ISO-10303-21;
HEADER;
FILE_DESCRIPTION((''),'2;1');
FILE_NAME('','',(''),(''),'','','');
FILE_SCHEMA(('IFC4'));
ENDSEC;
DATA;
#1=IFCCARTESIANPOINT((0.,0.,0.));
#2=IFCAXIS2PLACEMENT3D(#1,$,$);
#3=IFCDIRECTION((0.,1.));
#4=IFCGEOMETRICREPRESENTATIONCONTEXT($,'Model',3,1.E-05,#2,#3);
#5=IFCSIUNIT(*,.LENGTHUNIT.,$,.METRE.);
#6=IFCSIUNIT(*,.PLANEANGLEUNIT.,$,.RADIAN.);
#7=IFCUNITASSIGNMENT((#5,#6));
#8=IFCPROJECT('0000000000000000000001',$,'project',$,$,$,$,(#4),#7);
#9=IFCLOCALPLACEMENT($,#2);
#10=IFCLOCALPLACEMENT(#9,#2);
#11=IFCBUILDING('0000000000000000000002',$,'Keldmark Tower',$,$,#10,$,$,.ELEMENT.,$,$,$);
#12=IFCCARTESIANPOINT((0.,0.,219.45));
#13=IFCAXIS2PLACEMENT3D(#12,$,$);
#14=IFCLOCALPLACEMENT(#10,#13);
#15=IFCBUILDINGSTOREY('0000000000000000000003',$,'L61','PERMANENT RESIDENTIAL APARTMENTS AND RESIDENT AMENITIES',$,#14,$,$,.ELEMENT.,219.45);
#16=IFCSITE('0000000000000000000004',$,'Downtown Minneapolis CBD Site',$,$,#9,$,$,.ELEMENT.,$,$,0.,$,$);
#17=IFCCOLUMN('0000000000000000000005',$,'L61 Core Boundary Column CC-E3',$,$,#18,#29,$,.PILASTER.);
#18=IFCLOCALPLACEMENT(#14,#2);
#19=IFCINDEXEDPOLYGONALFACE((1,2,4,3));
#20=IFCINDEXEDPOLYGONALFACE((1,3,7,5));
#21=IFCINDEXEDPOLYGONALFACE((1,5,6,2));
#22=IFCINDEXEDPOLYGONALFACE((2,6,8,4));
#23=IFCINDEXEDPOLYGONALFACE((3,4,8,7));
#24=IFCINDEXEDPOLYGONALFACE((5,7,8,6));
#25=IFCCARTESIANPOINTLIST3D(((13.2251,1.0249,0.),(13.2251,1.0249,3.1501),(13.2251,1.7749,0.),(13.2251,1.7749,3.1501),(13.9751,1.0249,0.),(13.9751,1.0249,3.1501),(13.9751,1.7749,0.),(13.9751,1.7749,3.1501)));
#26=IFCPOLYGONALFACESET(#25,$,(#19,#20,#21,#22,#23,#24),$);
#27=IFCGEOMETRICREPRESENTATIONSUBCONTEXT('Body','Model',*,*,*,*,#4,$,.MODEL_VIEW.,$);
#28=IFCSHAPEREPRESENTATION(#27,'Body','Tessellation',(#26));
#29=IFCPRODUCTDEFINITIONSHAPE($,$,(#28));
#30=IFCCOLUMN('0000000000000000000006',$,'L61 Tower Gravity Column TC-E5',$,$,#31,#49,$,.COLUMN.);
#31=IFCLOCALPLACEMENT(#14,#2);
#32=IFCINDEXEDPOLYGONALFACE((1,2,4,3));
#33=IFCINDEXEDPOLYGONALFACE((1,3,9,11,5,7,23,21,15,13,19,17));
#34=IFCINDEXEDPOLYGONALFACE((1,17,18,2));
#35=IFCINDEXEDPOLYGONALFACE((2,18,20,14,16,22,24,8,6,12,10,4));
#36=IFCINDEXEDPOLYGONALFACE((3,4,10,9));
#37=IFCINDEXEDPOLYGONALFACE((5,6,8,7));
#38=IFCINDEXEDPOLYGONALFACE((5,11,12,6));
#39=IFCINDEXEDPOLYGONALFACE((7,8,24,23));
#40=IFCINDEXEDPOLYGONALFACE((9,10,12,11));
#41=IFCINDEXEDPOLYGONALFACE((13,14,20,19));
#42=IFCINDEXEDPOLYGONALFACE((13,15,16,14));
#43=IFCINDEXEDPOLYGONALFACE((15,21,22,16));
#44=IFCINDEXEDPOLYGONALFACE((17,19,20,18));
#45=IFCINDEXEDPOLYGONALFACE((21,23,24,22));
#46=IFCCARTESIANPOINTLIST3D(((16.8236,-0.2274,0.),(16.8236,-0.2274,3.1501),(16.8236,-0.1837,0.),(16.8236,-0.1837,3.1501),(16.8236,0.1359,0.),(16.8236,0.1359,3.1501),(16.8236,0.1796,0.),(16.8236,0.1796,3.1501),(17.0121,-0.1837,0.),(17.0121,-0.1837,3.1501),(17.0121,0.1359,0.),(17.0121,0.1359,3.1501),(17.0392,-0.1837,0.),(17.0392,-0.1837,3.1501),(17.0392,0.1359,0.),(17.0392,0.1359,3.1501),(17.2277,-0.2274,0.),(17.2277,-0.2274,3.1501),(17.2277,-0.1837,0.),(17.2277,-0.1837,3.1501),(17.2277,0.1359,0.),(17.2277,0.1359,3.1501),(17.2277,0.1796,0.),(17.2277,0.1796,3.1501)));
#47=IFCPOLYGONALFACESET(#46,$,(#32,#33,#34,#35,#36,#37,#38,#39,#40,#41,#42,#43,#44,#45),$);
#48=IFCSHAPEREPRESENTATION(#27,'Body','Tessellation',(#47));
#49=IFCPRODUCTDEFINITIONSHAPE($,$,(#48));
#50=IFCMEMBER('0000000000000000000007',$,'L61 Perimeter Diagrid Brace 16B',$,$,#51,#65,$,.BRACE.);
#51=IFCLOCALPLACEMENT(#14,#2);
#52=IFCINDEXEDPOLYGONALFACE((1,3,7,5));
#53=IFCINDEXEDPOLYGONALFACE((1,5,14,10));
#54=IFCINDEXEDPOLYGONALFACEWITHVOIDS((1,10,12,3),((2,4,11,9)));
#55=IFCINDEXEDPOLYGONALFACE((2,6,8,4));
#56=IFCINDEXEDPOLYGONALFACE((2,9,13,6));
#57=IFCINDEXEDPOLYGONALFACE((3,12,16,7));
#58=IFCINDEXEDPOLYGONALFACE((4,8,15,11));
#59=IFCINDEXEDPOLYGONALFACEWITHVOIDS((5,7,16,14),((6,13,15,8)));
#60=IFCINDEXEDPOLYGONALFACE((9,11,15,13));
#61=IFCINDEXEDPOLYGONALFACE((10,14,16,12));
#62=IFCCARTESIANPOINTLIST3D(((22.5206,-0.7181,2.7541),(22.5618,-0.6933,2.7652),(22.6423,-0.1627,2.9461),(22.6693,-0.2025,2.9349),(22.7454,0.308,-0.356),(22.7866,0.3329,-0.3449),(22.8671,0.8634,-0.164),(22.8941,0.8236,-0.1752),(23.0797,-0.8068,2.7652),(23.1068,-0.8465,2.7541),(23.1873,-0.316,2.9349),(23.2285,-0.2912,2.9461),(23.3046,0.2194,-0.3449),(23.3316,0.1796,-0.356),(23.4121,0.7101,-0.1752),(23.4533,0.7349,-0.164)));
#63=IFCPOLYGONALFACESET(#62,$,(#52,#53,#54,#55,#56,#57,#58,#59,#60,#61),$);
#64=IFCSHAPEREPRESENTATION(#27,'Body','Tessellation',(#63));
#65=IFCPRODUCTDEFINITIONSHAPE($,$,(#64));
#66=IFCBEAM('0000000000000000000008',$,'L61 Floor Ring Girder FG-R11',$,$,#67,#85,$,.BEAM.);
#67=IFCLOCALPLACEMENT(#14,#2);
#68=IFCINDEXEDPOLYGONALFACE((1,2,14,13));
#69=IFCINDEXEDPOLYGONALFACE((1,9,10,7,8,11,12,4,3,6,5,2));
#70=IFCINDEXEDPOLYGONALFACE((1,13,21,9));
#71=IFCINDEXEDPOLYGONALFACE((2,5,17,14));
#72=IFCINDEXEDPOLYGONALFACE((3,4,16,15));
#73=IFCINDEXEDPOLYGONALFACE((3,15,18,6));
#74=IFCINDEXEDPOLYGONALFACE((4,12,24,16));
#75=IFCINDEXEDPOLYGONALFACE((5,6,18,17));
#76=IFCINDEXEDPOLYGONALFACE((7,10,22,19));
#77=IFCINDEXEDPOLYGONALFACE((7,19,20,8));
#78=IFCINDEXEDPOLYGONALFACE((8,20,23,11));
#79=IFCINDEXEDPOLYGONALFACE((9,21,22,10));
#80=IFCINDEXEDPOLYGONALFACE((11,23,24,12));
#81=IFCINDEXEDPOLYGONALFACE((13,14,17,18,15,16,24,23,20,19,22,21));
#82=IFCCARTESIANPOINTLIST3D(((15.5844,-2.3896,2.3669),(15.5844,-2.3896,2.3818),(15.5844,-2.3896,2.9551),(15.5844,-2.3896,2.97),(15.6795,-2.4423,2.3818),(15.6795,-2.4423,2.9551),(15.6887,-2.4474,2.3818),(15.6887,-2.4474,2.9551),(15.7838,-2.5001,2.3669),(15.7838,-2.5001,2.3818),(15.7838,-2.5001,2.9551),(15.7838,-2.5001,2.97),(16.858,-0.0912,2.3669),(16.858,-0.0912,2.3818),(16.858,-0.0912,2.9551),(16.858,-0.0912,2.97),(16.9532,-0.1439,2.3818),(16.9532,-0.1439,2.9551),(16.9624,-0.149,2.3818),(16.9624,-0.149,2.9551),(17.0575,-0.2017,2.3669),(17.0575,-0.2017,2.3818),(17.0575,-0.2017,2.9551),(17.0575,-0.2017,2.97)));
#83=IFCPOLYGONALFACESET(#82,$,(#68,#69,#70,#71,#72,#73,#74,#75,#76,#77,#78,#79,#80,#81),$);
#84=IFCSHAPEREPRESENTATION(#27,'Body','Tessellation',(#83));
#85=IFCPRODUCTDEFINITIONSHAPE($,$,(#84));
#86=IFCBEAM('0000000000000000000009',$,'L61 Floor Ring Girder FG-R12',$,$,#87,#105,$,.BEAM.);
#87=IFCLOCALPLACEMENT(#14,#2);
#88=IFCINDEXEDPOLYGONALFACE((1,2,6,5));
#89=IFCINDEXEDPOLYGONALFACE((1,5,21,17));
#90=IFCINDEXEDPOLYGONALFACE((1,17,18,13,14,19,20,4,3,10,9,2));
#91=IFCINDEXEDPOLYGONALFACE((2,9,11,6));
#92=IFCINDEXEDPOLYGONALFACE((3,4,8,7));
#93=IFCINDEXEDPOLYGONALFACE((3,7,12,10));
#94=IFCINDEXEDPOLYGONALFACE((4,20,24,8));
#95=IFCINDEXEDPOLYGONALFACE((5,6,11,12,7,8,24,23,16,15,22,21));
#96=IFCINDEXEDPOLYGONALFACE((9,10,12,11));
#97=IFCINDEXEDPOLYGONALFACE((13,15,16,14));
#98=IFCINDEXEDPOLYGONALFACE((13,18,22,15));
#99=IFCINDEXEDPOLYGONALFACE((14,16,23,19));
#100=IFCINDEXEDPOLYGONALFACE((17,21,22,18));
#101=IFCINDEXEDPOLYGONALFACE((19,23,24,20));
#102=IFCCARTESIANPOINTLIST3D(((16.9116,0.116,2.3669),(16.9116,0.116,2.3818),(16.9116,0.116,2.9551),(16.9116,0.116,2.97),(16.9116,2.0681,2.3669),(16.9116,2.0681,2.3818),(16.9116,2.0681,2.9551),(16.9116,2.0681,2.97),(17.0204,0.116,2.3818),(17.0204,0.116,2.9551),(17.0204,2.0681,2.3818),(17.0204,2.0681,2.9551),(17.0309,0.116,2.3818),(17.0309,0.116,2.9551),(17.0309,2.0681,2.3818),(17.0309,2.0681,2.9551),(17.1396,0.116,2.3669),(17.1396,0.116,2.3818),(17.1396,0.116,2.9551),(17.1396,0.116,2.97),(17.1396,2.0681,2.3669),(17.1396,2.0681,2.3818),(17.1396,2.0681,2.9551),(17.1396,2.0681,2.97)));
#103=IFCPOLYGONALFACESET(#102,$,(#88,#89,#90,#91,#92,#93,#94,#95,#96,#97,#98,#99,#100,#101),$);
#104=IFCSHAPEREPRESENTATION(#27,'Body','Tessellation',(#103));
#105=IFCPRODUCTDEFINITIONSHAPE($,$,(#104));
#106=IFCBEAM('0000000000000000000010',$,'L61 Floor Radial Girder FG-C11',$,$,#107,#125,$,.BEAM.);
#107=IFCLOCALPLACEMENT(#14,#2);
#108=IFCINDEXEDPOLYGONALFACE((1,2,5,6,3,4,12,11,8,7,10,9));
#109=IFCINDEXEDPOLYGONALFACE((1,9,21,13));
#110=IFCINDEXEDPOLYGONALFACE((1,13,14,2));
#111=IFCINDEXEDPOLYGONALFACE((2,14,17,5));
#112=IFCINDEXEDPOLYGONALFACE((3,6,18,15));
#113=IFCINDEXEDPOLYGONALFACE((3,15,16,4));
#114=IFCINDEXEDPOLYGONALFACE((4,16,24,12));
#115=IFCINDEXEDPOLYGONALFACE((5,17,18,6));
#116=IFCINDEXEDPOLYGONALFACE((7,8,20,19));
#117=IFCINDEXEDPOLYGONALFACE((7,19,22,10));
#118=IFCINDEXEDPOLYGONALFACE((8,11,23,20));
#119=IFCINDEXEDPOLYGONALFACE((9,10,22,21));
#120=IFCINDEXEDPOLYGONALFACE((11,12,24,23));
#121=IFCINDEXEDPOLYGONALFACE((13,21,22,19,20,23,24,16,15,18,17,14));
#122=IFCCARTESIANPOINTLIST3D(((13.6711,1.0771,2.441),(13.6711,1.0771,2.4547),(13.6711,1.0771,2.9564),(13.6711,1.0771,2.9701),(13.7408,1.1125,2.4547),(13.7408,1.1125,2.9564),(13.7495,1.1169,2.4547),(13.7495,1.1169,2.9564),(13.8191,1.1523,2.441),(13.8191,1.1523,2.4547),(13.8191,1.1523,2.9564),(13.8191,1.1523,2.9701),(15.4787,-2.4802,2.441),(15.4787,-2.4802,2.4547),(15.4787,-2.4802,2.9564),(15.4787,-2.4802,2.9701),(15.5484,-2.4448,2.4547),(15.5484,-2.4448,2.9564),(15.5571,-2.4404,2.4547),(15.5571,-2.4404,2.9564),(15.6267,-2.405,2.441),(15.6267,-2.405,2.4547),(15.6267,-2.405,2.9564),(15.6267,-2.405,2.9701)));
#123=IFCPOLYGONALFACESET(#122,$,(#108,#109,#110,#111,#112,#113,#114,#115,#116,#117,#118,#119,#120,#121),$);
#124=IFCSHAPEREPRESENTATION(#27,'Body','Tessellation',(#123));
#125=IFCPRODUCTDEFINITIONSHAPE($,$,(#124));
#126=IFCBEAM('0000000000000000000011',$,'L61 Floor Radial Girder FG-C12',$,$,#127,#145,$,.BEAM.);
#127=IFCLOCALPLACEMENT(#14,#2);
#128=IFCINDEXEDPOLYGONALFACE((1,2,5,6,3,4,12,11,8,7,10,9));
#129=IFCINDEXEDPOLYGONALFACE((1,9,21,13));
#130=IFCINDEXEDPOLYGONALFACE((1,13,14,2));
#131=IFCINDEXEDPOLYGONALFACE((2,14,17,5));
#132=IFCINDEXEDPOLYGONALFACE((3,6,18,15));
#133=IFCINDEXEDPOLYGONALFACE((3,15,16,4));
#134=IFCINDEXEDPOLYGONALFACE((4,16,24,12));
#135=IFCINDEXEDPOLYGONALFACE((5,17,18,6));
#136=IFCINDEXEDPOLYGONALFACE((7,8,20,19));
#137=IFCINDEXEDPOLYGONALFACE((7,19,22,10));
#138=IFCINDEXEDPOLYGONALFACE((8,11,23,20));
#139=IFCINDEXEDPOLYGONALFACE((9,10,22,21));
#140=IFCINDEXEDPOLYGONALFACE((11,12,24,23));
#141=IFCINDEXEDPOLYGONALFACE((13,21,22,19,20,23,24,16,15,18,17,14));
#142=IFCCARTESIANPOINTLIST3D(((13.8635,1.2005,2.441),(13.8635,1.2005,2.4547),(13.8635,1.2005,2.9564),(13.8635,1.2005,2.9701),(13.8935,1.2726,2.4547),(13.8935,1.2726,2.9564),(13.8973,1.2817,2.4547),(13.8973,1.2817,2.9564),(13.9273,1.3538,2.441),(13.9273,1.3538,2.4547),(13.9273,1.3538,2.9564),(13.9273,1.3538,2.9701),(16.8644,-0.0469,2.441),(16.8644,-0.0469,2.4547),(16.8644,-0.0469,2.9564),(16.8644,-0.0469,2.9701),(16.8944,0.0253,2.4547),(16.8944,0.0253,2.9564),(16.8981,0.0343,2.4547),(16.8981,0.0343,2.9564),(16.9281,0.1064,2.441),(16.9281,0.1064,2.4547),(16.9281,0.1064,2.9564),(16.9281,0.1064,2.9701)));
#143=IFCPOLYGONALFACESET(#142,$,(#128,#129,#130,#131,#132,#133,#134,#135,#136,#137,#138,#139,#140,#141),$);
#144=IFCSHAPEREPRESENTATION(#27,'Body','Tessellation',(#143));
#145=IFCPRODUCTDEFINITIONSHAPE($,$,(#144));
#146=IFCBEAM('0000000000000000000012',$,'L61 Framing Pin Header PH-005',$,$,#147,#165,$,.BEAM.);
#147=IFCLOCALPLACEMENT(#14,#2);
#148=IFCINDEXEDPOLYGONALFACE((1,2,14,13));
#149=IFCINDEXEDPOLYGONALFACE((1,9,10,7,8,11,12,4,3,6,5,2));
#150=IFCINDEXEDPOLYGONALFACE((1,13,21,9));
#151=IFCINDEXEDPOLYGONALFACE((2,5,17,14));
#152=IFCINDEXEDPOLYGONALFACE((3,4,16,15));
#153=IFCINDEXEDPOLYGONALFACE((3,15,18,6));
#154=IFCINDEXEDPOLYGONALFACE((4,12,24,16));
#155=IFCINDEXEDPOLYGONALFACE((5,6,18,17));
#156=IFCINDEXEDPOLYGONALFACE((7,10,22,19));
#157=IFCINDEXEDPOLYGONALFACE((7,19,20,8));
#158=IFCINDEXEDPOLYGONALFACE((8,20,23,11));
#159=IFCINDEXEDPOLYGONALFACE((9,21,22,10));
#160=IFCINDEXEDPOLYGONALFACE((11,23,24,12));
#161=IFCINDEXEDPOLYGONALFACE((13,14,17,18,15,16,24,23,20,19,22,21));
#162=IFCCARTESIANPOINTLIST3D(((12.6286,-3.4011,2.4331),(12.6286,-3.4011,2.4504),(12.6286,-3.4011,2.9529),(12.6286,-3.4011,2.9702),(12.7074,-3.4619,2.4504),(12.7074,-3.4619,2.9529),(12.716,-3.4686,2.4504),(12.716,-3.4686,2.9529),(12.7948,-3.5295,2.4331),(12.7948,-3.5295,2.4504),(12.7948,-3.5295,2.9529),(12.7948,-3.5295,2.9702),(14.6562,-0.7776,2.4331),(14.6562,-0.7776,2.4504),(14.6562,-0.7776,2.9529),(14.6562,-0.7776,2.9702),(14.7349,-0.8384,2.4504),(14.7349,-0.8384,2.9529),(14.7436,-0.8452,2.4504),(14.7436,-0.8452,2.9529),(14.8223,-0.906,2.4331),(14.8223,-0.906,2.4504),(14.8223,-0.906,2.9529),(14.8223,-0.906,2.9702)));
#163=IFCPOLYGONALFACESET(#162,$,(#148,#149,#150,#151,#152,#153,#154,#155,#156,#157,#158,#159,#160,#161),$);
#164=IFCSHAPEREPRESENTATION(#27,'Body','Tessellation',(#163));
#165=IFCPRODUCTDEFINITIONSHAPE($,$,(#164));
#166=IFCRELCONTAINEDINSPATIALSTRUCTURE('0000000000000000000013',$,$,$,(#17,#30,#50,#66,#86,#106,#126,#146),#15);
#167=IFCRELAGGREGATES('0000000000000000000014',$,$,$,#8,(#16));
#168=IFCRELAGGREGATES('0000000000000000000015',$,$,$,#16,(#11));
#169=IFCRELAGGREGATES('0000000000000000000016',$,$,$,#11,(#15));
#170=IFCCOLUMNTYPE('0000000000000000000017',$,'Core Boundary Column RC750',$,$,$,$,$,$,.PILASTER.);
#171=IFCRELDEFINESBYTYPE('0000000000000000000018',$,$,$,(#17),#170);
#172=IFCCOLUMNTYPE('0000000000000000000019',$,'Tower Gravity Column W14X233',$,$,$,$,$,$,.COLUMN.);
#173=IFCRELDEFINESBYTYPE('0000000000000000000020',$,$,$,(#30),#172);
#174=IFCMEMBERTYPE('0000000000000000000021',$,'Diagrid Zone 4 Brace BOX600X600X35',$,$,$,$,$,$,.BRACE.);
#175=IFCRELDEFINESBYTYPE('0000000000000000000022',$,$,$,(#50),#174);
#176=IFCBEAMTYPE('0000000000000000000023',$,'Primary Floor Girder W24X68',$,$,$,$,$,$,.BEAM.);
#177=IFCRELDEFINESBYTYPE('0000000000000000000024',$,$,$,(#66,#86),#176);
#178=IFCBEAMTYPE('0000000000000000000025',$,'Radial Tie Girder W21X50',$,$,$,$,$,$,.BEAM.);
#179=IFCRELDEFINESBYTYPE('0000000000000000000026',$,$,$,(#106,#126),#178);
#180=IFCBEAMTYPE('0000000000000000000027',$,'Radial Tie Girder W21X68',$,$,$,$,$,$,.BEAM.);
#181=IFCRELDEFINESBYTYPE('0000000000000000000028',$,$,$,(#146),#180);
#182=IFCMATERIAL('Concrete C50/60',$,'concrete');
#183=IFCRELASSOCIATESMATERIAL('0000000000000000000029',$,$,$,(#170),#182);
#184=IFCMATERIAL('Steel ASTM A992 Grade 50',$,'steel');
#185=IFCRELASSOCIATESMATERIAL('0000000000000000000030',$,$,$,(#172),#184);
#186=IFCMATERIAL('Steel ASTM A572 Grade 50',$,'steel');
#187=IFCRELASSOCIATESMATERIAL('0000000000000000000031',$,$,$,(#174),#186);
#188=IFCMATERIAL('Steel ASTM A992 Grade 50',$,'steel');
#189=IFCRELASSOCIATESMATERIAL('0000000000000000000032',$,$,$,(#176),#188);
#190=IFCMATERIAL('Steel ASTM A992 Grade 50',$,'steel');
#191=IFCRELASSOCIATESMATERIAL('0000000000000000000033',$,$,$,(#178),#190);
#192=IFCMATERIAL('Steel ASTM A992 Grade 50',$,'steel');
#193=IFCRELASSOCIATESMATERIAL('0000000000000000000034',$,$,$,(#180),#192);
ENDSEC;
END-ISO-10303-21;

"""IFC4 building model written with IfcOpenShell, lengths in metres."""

from ifc_helpers import new_model, si_unit, direction, frame, origin, origin_2d, place, context, subcontext, project, spatial, rectangle, hollow_rectangle, i_section, extrude, material, material_profile, profile_set, type_object, element, save


model = new_model("IFC4")

# Units and contexts
model_context = context("Model", 3, precision=1e-05, world=origin(), true_north=direction((0.0, 1.0)))
body_context = subcontext(model_context, "Body", "Model", "MODEL_VIEW")
ifc_project = project(units=[si_unit("LENGTHUNIT", "METRE"), si_unit("PLANEANGLEUNIT", "RADIAN")], contexts=[model_context])

# Site, building, storey
site_placement = place(None, origin())
site = spatial("IfcSite", under=ifc_project, at=site_placement, Name="Downtown Minneapolis CBD Site", CompositionType="ELEMENT", RefElevation=0.0)
building_placement = place(site_placement, origin())
building = spatial("IfcBuilding", under=site, at=building_placement, Name="Keldmark Tower", CompositionType="ELEMENT")
storey_placement = place(building_placement, frame((0.0, 0.0, 219.45)))
storey = spatial("IfcBuildingStorey", under=building, at=storey_placement, Name="L61", Description="PERMANENT RESIDENTIAL APARTMENTS AND RESIDENT AMENITIES", CompositionType="ELEMENT", Elevation=219.45)

# Columns
ifc_material_1 = material(Name="Concrete C50/60", Category="concrete")
ifc_material_profile_1 = material_profile(ifc_material_1, rectangle(XDim=0.75, YDim=0.75, at=origin_2d()), Name="RC750X750")
ifc_profile_set_1 = profile_set([ifc_material_profile_1], Name="Concrete C50/60")
column_type_1 = type_object("IfcColumnType", Name="Core Boundary Column RC750", PredefinedType="PILASTER", material=ifc_profile_set_1)
column_1_placement = place(storey_placement, frame((13.6001, 1.3999, 0.0), z_axis=(0.0, 0.0, 1.0), x_axis=(1.0, 0.0, 0.0)))
element("IfcColumn", 1, at=column_1_placement, inside=storey, type_object=column_type_1, Name="L61 Core Boundary Column CC-E3", PredefinedType="PILASTER", context=body_context, shape_type="SweptSolid", body=[
    extrude(rectangle(XDim=0.75, YDim=0.75, at=origin_2d()), origin(), (0.0, 0.0, 1.0), 3.1501),
])
ifc_material_2 = material(Name="Steel ASTM A992 Grade 50", Category="steel")
ifc_material_profile_2 = material_profile(ifc_material_2, i_section(OverallWidth=0.4041, OverallDepth=0.407, WebThickness=0.0271, FlangeThickness=0.0437, at=origin_2d()), Name="W14X233")
ifc_profile_set_2 = profile_set([ifc_material_profile_2], Name="Steel ASTM A992 Grade 50")
column_type_2 = type_object("IfcColumnType", Name="Tower Gravity Column W14X233", PredefinedType="COLUMN", material=ifc_profile_set_2)
column_2_placement = place(storey_placement, frame((17.0256, -0.0239, 0.0), z_axis=(0.0, 0.0, 1.0), x_axis=(1.0, 0.0, 0.0)))
element("IfcColumn", 2, at=column_2_placement, inside=storey, type_object=column_type_2, Name="L61 Tower Gravity Column TC-E5", PredefinedType="COLUMN", context=body_context, shape_type="SweptSolid", body=[
    extrude(i_section(OverallWidth=0.4041, OverallDepth=0.407, WebThickness=0.0271, FlangeThickness=0.0437, at=origin_2d()), origin(), (0.0, 0.0, 1.0), 3.1501),
])

# Member
ifc_material_3 = material(Name="Steel ASTM A572 Grade 50", Category="steel")
ifc_material_profile_3 = material_profile(ifc_material_3, hollow_rectangle(XDim=0.6001, YDim=0.6001, WallThickness=0.0349, at=origin_2d()), Name="BOX600X600X35")
ifc_profile_set_3 = profile_set([ifc_material_profile_3], Name="Steel ASTM A572 Grade 50")
member_type = type_object("IfcMemberType", Name="Diagrid Zone 4 Brace BOX600X600X35", PredefinedType="BRACE", material=ifc_profile_set_3)
member_placement = place(storey_placement, frame((23.0994, 0.5215, -0.26), z_axis=(-0.068496, -0.312583, 0.947418), x_axis=(0.976823, -0.21405, 0.0)))
element("IfcMember", 3, at=member_placement, inside=storey, type_object=member_type, Name="L61 Perimeter Diagrid Brace 16B", PredefinedType="BRACE", context=body_context, shape_type="SweptSolid", body=[
    extrude(hollow_rectangle(XDim=0.6001, YDim=0.6001, WallThickness=0.0349, at=origin_2d()), origin(), (0.0, 0.0, 1.0), 3.2827),
])

# Beams
ifc_material_4 = material(Name="Steel ASTM A992 Grade 50", Category="steel")
ifc_material_profile_4 = material_profile(ifc_material_4, i_section(OverallWidth=0.228, OverallDepth=0.603, WebThickness=0.0105, FlangeThickness=0.0149, at=origin_2d()), Name="W24X68")
ifc_profile_set_4 = profile_set([ifc_material_profile_4], Name="Steel ASTM A992 Grade 50")
beam_type_1 = type_object("IfcBeamType", Name="Primary Floor Girder W24X68", PredefinedType="BEAM", material=ifc_profile_set_4)
beam_1_placement = place(storey_placement, frame((15.6841, -2.4448, 2.6685), z_axis=(0.48472, 0.87467, 0.0), x_axis=(-0.87467, 0.48472, 0.0)))
element("IfcBeam", 4, at=beam_1_placement, inside=storey, type_object=beam_type_1, Name="L61 Floor Ring Girder FG-R11", PredefinedType="BEAM", context=body_context, shape_type="SweptSolid", body=[
    extrude(i_section(OverallWidth=0.228, OverallDepth=0.603, WebThickness=0.0105, FlangeThickness=0.0149, at=origin_2d()), origin(), (0.0, 0.0, 1.0), 2.6277),
])
beam_2_placement = place(storey_placement, frame((17.0256, 0.116, 2.6685), z_axis=(0.0, 1.0, 0.0), x_axis=(-1.0, 0.0, 0.0)))
element("IfcBeam", 5, at=beam_2_placement, inside=storey, type_object=beam_type_1, Name="L61 Floor Ring Girder FG-R12", PredefinedType="BEAM", context=body_context, shape_type="SweptSolid", body=[
    extrude(i_section(OverallWidth=0.228, OverallDepth=0.603, WebThickness=0.0105, FlangeThickness=0.0149, at=origin_2d()), origin(), (0.0, 0.0, 1.0), 1.9521),
])
ifc_material_5 = material(Name="Steel ASTM A992 Grade 50", Category="steel")
ifc_material_profile_5 = material_profile(ifc_material_5, i_section(OverallWidth=0.166, OverallDepth=0.5291, WebThickness=0.0098, FlangeThickness=0.0137, at=origin_2d()), Name="W21X50")
ifc_profile_set_5 = profile_set([ifc_material_profile_5], Name="Steel ASTM A992 Grade 50")
beam_type_2 = type_object("IfcBeamType", Name="Radial Tie Girder W21X50", PredefinedType="BEAM", material=ifc_profile_set_5)
beam_3_placement = place(storey_placement, frame((15.5527, -2.4426, 2.7056), z_axis=(-0.453004, 0.891508, 0.0), x_axis=(-0.891508, -0.453004, 0.0)))
element("IfcBeam", 6, at=beam_3_placement, inside=storey, type_object=beam_type_2, Name="L61 Floor Radial Girder FG-C11", PredefinedType="BEAM", context=body_context, shape_type="SweptSolid", body=[
    extrude(i_section(OverallWidth=0.166, OverallDepth=0.5291, WebThickness=0.0098, FlangeThickness=0.0137, at=origin_2d()), origin(), (0.0, 0.0, 1.0), 3.9902),
])
beam_4_placement = place(storey_placement, frame((16.8962, 0.0298, 2.7056), z_axis=(-0.923403, 0.383831, 0.0), x_axis=(-0.383831, -0.923403, 0.0)))
element("IfcBeam", 7, at=beam_4_placement, inside=storey, type_object=beam_type_2, Name="L61 Floor Radial Girder FG-C12", PredefinedType="BEAM", context=body_context, shape_type="SweptSolid", body=[
    extrude(i_section(OverallWidth=0.166, OverallDepth=0.5291, WebThickness=0.0098, FlangeThickness=0.0137, at=origin_2d()), origin(), (0.0, 0.0, 1.0), 3.2498),
])
ifc_material_6 = material(Name="Steel ASTM A992 Grade 50", Category="steel")
ifc_material_profile_6 = material_profile(ifc_material_6, i_section(OverallWidth=0.21, OverallDepth=0.5371, WebThickness=0.011, FlangeThickness=0.0173, at=origin_2d()), Name="W21X68")
ifc_profile_set_6 = profile_set([ifc_material_profile_6], Name="Steel ASTM A992 Grade 50")
beam_type_3 = type_object("IfcBeamType", Name="Radial Tie Girder W21X68", PredefinedType="BEAM", material=ifc_profile_set_6)
beam_5_placement = place(storey_placement, frame((14.7393, -0.8418, 2.7017), z_axis=(-0.611506, -0.79124, 0.0), x_axis=(0.79124, -0.611506, 0.0)))
element("IfcBeam", 8, at=beam_5_placement, inside=storey, type_object=beam_type_3, Name="L61 Framing Pin Header PH-005", PredefinedType="BEAM", context=body_context, shape_type="SweptSolid", body=[
    extrude(i_section(OverallWidth=0.21, OverallDepth=0.5371, WebThickness=0.011, FlangeThickness=0.0173, at=origin_2d()), origin(), (0.0, 0.0, 1.0), 3.3157),
])

save(model, "model.ifc")
